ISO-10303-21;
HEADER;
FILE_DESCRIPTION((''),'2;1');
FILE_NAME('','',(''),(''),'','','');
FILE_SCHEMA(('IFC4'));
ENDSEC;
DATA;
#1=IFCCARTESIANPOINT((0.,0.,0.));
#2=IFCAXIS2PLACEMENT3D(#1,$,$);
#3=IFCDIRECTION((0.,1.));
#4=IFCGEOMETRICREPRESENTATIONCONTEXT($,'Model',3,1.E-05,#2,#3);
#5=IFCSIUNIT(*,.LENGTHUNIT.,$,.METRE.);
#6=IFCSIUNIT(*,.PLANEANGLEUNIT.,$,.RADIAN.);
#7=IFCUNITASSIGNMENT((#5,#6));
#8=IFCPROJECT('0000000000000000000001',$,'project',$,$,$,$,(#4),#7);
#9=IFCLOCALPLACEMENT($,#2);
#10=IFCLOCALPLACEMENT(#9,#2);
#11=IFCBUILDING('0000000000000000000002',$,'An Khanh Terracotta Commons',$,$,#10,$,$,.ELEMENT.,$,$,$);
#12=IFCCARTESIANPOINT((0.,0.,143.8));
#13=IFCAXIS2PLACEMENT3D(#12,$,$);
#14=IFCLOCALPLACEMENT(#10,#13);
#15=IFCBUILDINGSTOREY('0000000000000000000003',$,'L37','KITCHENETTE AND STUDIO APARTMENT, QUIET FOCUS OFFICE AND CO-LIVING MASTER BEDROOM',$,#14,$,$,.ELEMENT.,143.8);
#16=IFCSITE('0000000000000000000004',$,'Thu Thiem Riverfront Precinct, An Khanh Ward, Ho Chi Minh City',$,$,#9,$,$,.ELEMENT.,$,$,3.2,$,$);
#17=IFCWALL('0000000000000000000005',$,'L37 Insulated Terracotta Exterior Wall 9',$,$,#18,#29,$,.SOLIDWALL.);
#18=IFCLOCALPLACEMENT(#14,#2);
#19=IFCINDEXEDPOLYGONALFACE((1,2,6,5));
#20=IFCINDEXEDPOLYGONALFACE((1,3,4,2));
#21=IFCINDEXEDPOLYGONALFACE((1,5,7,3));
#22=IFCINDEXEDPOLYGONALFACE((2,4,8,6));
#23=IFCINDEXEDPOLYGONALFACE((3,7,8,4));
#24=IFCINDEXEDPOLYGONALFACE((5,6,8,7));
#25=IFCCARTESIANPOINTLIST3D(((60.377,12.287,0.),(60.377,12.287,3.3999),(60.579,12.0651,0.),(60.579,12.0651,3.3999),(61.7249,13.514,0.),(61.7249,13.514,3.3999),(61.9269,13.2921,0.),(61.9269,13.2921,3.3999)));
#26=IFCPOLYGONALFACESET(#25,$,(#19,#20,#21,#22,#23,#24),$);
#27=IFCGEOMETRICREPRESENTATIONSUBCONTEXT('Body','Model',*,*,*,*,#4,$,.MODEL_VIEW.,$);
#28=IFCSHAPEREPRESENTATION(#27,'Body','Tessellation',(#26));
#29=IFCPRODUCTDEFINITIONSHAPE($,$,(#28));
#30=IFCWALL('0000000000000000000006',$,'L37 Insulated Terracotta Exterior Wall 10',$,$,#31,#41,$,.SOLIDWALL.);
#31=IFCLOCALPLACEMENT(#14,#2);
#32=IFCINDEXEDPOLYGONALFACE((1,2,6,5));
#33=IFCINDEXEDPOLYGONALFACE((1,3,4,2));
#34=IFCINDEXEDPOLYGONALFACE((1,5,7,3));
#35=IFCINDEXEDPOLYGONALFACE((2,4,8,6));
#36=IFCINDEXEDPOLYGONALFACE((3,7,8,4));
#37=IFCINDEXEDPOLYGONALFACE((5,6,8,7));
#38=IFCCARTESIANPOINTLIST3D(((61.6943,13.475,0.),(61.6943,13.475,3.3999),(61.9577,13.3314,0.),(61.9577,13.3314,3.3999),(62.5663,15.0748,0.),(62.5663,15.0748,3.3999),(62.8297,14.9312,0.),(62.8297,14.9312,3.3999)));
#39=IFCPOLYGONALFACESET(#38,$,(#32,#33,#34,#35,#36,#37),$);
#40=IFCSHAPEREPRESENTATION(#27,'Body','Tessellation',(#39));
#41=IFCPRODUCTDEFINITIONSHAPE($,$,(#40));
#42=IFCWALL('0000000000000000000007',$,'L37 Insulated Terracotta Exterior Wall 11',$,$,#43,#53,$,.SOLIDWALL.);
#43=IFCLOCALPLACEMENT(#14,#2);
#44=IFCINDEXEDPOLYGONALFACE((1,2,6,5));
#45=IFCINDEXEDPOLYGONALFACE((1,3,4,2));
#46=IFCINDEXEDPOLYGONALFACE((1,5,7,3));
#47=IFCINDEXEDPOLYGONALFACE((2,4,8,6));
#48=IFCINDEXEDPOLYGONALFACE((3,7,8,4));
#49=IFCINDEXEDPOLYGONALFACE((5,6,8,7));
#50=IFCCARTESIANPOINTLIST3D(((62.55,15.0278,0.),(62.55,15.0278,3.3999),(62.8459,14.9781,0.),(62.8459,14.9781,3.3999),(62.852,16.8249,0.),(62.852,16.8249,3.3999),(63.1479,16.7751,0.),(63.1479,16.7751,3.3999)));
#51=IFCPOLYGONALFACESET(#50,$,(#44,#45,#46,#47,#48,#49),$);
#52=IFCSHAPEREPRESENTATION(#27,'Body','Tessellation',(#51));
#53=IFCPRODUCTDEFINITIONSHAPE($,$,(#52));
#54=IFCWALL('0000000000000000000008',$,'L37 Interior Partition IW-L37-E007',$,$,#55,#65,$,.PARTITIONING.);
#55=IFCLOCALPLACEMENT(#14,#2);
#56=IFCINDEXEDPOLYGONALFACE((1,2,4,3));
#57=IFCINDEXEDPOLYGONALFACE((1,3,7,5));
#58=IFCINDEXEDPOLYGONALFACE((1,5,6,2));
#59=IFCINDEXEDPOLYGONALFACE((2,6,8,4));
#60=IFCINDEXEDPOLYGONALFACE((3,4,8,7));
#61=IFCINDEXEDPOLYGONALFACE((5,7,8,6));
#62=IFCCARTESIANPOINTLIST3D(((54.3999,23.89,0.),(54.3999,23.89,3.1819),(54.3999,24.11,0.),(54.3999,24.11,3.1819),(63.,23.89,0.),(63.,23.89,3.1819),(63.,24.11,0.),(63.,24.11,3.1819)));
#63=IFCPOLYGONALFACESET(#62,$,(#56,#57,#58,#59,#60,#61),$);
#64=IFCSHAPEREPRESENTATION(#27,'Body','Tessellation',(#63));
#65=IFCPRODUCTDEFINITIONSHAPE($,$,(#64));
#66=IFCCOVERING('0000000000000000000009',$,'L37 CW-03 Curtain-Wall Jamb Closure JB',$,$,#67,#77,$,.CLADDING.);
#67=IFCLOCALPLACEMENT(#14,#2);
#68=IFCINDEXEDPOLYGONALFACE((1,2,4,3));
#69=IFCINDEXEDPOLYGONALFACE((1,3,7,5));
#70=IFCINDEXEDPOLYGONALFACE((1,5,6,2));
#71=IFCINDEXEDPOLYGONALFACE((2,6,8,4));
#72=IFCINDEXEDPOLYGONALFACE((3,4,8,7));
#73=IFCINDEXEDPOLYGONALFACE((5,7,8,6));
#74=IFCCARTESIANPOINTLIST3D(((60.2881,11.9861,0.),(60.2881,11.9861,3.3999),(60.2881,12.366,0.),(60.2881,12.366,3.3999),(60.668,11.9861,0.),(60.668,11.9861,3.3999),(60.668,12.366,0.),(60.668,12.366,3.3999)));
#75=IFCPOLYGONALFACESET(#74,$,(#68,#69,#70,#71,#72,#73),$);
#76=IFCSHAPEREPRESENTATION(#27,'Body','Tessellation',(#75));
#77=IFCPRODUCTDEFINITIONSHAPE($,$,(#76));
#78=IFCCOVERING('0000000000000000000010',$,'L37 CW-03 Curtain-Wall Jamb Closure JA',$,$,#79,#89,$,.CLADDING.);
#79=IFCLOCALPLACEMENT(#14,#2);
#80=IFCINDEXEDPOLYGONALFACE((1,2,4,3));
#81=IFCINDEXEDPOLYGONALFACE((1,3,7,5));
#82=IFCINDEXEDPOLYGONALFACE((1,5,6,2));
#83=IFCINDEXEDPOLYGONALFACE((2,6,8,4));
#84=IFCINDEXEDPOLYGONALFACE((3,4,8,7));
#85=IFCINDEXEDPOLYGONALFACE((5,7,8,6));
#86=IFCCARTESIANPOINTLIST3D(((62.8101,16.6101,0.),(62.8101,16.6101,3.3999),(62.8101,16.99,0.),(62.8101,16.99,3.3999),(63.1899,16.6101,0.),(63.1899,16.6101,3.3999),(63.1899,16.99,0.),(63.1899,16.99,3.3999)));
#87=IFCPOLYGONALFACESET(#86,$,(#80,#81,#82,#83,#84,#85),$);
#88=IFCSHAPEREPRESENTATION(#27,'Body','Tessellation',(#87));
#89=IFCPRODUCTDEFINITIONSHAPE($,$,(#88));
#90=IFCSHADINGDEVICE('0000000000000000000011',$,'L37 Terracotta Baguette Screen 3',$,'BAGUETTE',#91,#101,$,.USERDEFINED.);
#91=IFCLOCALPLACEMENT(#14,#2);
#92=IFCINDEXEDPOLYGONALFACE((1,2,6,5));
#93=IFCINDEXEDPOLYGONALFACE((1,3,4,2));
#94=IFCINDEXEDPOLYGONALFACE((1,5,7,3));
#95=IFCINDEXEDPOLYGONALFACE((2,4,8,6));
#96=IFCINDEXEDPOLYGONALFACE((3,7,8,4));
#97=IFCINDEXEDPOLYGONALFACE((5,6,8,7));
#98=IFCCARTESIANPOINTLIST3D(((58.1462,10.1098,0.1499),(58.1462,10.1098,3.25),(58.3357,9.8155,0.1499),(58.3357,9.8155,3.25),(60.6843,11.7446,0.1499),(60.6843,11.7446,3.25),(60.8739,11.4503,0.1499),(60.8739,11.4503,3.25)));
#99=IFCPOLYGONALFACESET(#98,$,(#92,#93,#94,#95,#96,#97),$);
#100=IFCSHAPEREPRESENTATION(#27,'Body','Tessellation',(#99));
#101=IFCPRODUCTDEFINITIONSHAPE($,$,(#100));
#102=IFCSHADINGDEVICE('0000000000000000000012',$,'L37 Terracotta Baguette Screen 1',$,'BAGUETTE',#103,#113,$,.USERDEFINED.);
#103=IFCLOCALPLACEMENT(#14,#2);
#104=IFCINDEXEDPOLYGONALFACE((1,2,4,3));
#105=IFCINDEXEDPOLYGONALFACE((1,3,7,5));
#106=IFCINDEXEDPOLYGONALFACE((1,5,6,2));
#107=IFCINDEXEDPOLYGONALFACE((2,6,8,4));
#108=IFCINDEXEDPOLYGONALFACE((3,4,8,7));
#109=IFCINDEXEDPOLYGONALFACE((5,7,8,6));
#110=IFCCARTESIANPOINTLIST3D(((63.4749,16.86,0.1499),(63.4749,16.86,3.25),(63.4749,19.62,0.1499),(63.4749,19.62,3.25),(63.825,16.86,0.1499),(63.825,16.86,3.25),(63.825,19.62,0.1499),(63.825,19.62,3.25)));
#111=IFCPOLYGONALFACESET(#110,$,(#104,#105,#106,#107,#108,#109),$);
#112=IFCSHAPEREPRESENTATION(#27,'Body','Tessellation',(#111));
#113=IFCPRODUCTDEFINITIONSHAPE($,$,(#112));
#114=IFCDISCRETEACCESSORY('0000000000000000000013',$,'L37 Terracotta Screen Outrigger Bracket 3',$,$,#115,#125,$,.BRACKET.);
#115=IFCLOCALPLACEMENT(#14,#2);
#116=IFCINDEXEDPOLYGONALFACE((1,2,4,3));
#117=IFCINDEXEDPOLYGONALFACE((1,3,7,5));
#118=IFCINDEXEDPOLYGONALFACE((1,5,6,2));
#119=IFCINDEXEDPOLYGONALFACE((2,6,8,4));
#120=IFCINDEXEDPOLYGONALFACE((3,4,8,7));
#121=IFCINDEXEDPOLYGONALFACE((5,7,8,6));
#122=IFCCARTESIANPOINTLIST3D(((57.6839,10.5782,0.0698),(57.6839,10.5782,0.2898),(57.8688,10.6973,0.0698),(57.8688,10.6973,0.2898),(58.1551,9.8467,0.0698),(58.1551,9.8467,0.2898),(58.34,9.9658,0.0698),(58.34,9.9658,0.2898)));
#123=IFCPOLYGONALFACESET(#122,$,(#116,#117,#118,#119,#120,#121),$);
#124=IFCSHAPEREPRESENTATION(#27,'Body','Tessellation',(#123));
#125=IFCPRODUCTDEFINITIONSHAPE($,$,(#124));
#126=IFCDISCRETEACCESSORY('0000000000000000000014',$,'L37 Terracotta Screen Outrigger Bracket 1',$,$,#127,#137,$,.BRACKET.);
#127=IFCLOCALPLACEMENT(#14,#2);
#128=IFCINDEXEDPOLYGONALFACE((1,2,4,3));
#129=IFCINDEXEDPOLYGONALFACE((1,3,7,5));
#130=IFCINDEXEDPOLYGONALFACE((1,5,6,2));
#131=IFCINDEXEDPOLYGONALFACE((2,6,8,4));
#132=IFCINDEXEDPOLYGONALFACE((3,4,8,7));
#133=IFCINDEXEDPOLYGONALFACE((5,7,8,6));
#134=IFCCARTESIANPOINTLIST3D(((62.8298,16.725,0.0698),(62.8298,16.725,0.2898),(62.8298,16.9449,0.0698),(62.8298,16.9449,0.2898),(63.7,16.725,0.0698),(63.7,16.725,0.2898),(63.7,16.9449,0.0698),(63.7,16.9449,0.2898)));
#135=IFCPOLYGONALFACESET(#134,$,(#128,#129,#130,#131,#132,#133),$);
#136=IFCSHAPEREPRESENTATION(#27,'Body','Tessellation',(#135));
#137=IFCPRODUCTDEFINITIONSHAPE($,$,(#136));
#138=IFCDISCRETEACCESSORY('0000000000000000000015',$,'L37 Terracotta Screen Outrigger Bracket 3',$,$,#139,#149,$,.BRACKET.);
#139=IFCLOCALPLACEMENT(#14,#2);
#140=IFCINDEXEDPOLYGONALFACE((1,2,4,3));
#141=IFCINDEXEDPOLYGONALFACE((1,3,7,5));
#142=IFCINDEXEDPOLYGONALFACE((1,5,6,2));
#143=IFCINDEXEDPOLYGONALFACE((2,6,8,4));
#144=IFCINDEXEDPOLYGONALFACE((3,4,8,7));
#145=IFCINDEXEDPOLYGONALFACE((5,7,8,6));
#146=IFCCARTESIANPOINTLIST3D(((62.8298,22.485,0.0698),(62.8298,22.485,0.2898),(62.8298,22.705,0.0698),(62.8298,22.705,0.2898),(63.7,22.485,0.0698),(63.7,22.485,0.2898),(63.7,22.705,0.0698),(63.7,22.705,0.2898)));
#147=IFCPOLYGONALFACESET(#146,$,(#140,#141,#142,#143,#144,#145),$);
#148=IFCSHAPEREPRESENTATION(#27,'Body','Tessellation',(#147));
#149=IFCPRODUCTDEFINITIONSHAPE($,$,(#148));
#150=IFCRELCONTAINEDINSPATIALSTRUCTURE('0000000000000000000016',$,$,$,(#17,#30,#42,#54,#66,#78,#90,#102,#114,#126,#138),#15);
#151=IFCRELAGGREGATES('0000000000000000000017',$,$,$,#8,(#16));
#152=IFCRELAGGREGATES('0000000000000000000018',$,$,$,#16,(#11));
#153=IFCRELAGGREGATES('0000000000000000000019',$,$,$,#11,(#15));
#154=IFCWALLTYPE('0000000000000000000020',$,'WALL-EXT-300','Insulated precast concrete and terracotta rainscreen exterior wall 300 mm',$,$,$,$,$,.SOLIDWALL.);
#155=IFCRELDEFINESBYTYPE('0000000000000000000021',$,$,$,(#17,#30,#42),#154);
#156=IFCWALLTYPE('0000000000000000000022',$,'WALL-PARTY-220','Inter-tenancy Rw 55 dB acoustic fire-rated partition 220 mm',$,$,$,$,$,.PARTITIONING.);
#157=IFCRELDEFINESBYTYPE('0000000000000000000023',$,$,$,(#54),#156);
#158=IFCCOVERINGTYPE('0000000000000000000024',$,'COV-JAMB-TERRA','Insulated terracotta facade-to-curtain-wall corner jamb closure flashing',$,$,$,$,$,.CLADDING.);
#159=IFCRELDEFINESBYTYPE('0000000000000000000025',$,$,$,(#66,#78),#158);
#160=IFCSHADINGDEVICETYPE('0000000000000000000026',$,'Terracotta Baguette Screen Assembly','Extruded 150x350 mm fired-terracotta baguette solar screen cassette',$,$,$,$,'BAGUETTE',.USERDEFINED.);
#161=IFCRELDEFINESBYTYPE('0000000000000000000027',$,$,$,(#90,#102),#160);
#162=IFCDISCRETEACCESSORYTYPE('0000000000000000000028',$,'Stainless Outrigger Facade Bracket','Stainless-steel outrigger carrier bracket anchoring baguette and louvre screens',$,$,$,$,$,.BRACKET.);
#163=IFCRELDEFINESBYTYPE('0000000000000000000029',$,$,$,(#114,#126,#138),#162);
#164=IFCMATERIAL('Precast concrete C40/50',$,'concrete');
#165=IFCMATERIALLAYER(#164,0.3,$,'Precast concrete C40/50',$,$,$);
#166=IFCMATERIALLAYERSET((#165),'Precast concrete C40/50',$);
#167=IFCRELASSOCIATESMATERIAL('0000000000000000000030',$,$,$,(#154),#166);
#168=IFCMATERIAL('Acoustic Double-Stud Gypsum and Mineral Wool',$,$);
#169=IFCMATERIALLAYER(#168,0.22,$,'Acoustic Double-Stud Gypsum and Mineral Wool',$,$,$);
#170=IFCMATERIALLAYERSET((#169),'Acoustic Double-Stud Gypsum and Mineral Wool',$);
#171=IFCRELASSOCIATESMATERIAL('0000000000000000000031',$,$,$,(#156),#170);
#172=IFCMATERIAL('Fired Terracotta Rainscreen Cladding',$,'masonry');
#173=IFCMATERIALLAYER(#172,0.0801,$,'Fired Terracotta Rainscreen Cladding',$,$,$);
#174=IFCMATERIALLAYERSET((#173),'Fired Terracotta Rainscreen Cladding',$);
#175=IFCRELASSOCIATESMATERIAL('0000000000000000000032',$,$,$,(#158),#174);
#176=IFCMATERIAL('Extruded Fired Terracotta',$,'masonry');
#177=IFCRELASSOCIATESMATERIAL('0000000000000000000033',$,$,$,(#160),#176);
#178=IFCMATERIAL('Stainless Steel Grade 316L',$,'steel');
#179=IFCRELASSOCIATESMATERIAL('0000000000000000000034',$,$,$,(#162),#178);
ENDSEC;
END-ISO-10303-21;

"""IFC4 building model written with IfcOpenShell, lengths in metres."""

from ifc_helpers import new_model, si_unit, direction, frame, frame_2d, origin, origin_2d, place, context, subcontext, project, spatial, rectangle, extrude, material, layer, layer_set, type_object, element, save


model = new_model("IFC4")

# Units and contexts
model_context = context("Model", 3, precision=1e-05, world=origin(), true_north=direction((0.0, 1.0)))
body_context = subcontext(model_context, "Body", "Model", "MODEL_VIEW")
ifc_project = project(units=[si_unit("LENGTHUNIT", "METRE"), si_unit("PLANEANGLEUNIT", "RADIAN")], contexts=[model_context])

# Site, building, storey
site_placement = place(None, origin())
site = spatial("IfcSite", under=ifc_project, at=site_placement, Name="Thu Thiem Riverfront Precinct, An Khanh Ward, Ho Chi Minh City", CompositionType="ELEMENT", RefElevation=3.2)
building_placement = place(site_placement, origin())
building = spatial("IfcBuilding", under=site, at=building_placement, Name="An Khanh Terracotta Commons", CompositionType="ELEMENT")
storey_placement = place(building_placement, frame((0.0, 0.0, 143.8)))
storey = spatial("IfcBuildingStorey", under=building, at=storey_placement, Name="L37", Description="KITCHENETTE AND STUDIO APARTMENT, QUIET FOCUS OFFICE AND CO-LIVING MASTER BEDROOM", CompositionType="ELEMENT", Elevation=143.8)

# Walls
ifc_material_1 = material(Name="Precast concrete C40/50", Category="concrete")
ifc_layer_1 = layer(ifc_material_1, 0.3, Name="Precast concrete C40/50")
ifc_layer_set_1 = layer_set([ifc_layer_1], Name="Precast concrete C40/50")
wall_type_1 = type_object("IfcWallType", Name="WALL-EXT-300", Description="Insulated precast concrete and terracotta rainscreen exterior wall 300 mm", PredefinedType="SOLIDWALL", material=ifc_layer_set_1)
wall_1_placement = place(storey_placement, frame((60.478, 12.176, 0.0), z_axis=(0.0, 0.0, 1.0), x_axis=(0.739479, 0.673179, 0.0)))
element("IfcWall", 1, at=wall_1_placement, inside=storey, type_object=wall_type_1, Name="L37 Insulated Terracotta Exterior Wall 9", PredefinedType="SOLIDWALL", context=body_context, shape_type="SweptSolid", body=[
    extrude(rectangle(XDim=1.8228, YDim=0.3, at=frame_2d((0.9114, 0.0))), origin(), (0.0, 0.0, 1.0), 3.3999),
])
wall_2_placement = place(storey_placement, frame((61.8259, 13.4031, 0.0), z_axis=(0.0, 0.0, 1.0), x_axis=(0.478608, 0.878029, 0.0)))
element("IfcWall", 2, at=wall_2_placement, inside=storey, type_object=wall_type_1, Name="L37 Insulated Terracotta Exterior Wall 10", PredefinedType="SOLIDWALL", context=body_context, shape_type="SweptSolid", body=[
    extrude(rectangle(XDim=1.822, YDim=0.3, at=frame_2d((0.9111, 0.0))), origin(), (0.0, 0.0, 1.0), 3.3999),
])
wall_3_placement = place(storey_placement, frame((62.698, 15.0029, 0.0), z_axis=(0.0, 0.0, 1.0), x_axis=(0.165724, 0.986172, 0.0)))
element("IfcWall", 3, at=wall_3_placement, inside=storey, type_object=wall_type_1, Name="L37 Insulated Terracotta Exterior Wall 11", PredefinedType="SOLIDWALL", context=body_context, shape_type="SweptSolid", body=[
    extrude(rectangle(XDim=1.8223, YDim=0.3, at=frame_2d((0.9111, 0.0))), origin(), (0.0, 0.0, 1.0), 3.3999),
])
ifc_material_2 = material(Name="Acoustic Double-Stud Gypsum and Mineral Wool")
ifc_layer_2 = layer(ifc_material_2, 0.22, Name="Acoustic Double-Stud Gypsum and Mineral Wool")
ifc_layer_set_2 = layer_set([ifc_layer_2], Name="Acoustic Double-Stud Gypsum and Mineral Wool")
wall_type_2 = type_object("IfcWallType", Name="WALL-PARTY-220", Description="Inter-tenancy Rw 55 dB acoustic fire-rated partition 220 mm", PredefinedType="PARTITIONING", material=ifc_layer_set_2)
wall_4_placement = place(storey_placement, frame((54.3999, 24.0, 0.0), z_axis=(0.0, 0.0, 1.0), x_axis=(1.0, 0.0, 0.0)))
element("IfcWall", 4, at=wall_4_placement, inside=storey, type_object=wall_type_2, Name="L37 Interior Partition IW-L37-E007", PredefinedType="PARTITIONING", context=body_context, shape_type="SweptSolid", body=[
    extrude(rectangle(XDim=8.6001, YDim=0.22, at=frame_2d((4.3, 0.0))), origin(), (0.0, 0.0, 1.0), 3.1819),
])

# Coverings
ifc_material_3 = material(Name="Fired Terracotta Rainscreen Cladding", Category="masonry")
ifc_layer_3 = layer(ifc_material_3, 0.0801, Name="Fired Terracotta Rainscreen Cladding")
ifc_layer_set_3 = layer_set([ifc_layer_3], Name="Fired Terracotta Rainscreen Cladding")
covering_type = type_object("IfcCoveringType", Name="COV-JAMB-TERRA", Description="Insulated terracotta facade-to-curtain-wall corner jamb closure flashing", PredefinedType="CLADDING", material=ifc_layer_set_3)
for number, where, z_axis, x_axis, name in (
    (5, (60.478, 12.176, 0.0), (0.0, 0.0, 1.0), (1.0, 0.0, 0.0), "L37 CW-03 Curtain-Wall Jamb Closure JB"),
    (6, (63.0, 16.8, 0.0), (0.0, 0.0, 1.0), (1.0, 0.0, 0.0), "L37 CW-03 Curtain-Wall Jamb Closure JA"),
):
    element("IfcCovering", number, at=place(storey_placement, frame(where, z_axis=z_axis, x_axis=x_axis)), inside=storey, type_object=covering_type, Name=name, PredefinedType="CLADDING", context=body_context, shape_type="SweptSolid", body=[
        extrude(rectangle(XDim=0.3799, YDim=0.3799, at=origin_2d()), origin(), (0.0, 0.0, 1.0), 3.3999),
    ])

# Shading devices
ifc_material_4 = material(Name="Extruded Fired Terracotta", Category="masonry")
shading_device_type = type_object("IfcShadingDeviceType", Name="Terracotta Baguette Screen Assembly", Description="Extruded 150x350 mm fired-terracotta baguette solar screen cassette", ElementType="BAGUETTE", PredefinedType="USERDEFINED", material=ifc_material_4)
shading_device_1_placement = place(storey_placement, frame((59.51, 10.78, 0.1499), z_axis=(0.0, 0.0, 1.0), x_axis=(0.840702, 0.541498, 0.0)))
element("IfcShadingDevice", 7, at=shading_device_1_placement, inside=storey, type_object=shading_device_type, Name="L37 Terracotta Baguette Screen 3", ObjectType="BAGUETTE", PredefinedType="USERDEFINED", context=body_context, shape_type="SweptSolid", body=[
    extrude(rectangle(XDim=3.019, YDim=0.3501, at=origin_2d()), origin(), (0.0, 0.0, 1.0), 3.1001),
])
shading_device_2_placement = place(storey_placement, frame((63.6499, 18.24, 0.1499), z_axis=(0.0, 0.0, 1.0), x_axis=(0.0, 1.0, 0.0)))
element("IfcShadingDevice", 8, at=shading_device_2_placement, inside=storey, type_object=shading_device_type, Name="L37 Terracotta Baguette Screen 1", ObjectType="BAGUETTE", PredefinedType="USERDEFINED", context=body_context, shape_type="SweptSolid", body=[
    extrude(rectangle(XDim=2.76, YDim=0.3501, at=origin_2d()), origin(), (0.0, 0.0, 1.0), 3.1001),
])

# Discrete accessories
ifc_material_5 = material(Name="Stainless Steel Grade 316L", Category="steel")
discrete_accessory_type = type_object("IfcDiscreteAccessoryType", Name="Stainless Outrigger Facade Bracket", Description="Stainless-steel outrigger carrier bracket anchoring baguette and louvre screens", PredefinedType="BRACKET", material=ifc_material_5)
for number, where, z_axis, x_axis, name in (
    (9, (58.012, 10.272, 0.0698), (0.0, 0.0, 1.0), (0.840702, 0.541498, 0.0), "L37 Terracotta Screen Outrigger Bracket 3"),
    (10, (63.2649, 16.835, 0.0698), (0.0, 0.0, 1.0), (0.0, 1.0, 0.0), "L37 Terracotta Screen Outrigger Bracket 1"),
    (11, (63.2649, 22.595, 0.0698), (0.0, 0.0, 1.0), (0.0, 1.0, 0.0), "L37 Terracotta Screen Outrigger Bracket 3"),
):
    element("IfcDiscreteAccessory", number, at=place(storey_placement, frame(where, z_axis=z_axis, x_axis=x_axis)), inside=storey, type_object=discrete_accessory_type, Name=name, PredefinedType="BRACKET", context=body_context, shape_type="SweptSolid", body=[
        extrude(rectangle(XDim=0.22, YDim=0.8701, at=origin_2d()), origin(), (0.0, 0.0, 1.0), 0.22),
    ])

save(model, "model.ifc")
